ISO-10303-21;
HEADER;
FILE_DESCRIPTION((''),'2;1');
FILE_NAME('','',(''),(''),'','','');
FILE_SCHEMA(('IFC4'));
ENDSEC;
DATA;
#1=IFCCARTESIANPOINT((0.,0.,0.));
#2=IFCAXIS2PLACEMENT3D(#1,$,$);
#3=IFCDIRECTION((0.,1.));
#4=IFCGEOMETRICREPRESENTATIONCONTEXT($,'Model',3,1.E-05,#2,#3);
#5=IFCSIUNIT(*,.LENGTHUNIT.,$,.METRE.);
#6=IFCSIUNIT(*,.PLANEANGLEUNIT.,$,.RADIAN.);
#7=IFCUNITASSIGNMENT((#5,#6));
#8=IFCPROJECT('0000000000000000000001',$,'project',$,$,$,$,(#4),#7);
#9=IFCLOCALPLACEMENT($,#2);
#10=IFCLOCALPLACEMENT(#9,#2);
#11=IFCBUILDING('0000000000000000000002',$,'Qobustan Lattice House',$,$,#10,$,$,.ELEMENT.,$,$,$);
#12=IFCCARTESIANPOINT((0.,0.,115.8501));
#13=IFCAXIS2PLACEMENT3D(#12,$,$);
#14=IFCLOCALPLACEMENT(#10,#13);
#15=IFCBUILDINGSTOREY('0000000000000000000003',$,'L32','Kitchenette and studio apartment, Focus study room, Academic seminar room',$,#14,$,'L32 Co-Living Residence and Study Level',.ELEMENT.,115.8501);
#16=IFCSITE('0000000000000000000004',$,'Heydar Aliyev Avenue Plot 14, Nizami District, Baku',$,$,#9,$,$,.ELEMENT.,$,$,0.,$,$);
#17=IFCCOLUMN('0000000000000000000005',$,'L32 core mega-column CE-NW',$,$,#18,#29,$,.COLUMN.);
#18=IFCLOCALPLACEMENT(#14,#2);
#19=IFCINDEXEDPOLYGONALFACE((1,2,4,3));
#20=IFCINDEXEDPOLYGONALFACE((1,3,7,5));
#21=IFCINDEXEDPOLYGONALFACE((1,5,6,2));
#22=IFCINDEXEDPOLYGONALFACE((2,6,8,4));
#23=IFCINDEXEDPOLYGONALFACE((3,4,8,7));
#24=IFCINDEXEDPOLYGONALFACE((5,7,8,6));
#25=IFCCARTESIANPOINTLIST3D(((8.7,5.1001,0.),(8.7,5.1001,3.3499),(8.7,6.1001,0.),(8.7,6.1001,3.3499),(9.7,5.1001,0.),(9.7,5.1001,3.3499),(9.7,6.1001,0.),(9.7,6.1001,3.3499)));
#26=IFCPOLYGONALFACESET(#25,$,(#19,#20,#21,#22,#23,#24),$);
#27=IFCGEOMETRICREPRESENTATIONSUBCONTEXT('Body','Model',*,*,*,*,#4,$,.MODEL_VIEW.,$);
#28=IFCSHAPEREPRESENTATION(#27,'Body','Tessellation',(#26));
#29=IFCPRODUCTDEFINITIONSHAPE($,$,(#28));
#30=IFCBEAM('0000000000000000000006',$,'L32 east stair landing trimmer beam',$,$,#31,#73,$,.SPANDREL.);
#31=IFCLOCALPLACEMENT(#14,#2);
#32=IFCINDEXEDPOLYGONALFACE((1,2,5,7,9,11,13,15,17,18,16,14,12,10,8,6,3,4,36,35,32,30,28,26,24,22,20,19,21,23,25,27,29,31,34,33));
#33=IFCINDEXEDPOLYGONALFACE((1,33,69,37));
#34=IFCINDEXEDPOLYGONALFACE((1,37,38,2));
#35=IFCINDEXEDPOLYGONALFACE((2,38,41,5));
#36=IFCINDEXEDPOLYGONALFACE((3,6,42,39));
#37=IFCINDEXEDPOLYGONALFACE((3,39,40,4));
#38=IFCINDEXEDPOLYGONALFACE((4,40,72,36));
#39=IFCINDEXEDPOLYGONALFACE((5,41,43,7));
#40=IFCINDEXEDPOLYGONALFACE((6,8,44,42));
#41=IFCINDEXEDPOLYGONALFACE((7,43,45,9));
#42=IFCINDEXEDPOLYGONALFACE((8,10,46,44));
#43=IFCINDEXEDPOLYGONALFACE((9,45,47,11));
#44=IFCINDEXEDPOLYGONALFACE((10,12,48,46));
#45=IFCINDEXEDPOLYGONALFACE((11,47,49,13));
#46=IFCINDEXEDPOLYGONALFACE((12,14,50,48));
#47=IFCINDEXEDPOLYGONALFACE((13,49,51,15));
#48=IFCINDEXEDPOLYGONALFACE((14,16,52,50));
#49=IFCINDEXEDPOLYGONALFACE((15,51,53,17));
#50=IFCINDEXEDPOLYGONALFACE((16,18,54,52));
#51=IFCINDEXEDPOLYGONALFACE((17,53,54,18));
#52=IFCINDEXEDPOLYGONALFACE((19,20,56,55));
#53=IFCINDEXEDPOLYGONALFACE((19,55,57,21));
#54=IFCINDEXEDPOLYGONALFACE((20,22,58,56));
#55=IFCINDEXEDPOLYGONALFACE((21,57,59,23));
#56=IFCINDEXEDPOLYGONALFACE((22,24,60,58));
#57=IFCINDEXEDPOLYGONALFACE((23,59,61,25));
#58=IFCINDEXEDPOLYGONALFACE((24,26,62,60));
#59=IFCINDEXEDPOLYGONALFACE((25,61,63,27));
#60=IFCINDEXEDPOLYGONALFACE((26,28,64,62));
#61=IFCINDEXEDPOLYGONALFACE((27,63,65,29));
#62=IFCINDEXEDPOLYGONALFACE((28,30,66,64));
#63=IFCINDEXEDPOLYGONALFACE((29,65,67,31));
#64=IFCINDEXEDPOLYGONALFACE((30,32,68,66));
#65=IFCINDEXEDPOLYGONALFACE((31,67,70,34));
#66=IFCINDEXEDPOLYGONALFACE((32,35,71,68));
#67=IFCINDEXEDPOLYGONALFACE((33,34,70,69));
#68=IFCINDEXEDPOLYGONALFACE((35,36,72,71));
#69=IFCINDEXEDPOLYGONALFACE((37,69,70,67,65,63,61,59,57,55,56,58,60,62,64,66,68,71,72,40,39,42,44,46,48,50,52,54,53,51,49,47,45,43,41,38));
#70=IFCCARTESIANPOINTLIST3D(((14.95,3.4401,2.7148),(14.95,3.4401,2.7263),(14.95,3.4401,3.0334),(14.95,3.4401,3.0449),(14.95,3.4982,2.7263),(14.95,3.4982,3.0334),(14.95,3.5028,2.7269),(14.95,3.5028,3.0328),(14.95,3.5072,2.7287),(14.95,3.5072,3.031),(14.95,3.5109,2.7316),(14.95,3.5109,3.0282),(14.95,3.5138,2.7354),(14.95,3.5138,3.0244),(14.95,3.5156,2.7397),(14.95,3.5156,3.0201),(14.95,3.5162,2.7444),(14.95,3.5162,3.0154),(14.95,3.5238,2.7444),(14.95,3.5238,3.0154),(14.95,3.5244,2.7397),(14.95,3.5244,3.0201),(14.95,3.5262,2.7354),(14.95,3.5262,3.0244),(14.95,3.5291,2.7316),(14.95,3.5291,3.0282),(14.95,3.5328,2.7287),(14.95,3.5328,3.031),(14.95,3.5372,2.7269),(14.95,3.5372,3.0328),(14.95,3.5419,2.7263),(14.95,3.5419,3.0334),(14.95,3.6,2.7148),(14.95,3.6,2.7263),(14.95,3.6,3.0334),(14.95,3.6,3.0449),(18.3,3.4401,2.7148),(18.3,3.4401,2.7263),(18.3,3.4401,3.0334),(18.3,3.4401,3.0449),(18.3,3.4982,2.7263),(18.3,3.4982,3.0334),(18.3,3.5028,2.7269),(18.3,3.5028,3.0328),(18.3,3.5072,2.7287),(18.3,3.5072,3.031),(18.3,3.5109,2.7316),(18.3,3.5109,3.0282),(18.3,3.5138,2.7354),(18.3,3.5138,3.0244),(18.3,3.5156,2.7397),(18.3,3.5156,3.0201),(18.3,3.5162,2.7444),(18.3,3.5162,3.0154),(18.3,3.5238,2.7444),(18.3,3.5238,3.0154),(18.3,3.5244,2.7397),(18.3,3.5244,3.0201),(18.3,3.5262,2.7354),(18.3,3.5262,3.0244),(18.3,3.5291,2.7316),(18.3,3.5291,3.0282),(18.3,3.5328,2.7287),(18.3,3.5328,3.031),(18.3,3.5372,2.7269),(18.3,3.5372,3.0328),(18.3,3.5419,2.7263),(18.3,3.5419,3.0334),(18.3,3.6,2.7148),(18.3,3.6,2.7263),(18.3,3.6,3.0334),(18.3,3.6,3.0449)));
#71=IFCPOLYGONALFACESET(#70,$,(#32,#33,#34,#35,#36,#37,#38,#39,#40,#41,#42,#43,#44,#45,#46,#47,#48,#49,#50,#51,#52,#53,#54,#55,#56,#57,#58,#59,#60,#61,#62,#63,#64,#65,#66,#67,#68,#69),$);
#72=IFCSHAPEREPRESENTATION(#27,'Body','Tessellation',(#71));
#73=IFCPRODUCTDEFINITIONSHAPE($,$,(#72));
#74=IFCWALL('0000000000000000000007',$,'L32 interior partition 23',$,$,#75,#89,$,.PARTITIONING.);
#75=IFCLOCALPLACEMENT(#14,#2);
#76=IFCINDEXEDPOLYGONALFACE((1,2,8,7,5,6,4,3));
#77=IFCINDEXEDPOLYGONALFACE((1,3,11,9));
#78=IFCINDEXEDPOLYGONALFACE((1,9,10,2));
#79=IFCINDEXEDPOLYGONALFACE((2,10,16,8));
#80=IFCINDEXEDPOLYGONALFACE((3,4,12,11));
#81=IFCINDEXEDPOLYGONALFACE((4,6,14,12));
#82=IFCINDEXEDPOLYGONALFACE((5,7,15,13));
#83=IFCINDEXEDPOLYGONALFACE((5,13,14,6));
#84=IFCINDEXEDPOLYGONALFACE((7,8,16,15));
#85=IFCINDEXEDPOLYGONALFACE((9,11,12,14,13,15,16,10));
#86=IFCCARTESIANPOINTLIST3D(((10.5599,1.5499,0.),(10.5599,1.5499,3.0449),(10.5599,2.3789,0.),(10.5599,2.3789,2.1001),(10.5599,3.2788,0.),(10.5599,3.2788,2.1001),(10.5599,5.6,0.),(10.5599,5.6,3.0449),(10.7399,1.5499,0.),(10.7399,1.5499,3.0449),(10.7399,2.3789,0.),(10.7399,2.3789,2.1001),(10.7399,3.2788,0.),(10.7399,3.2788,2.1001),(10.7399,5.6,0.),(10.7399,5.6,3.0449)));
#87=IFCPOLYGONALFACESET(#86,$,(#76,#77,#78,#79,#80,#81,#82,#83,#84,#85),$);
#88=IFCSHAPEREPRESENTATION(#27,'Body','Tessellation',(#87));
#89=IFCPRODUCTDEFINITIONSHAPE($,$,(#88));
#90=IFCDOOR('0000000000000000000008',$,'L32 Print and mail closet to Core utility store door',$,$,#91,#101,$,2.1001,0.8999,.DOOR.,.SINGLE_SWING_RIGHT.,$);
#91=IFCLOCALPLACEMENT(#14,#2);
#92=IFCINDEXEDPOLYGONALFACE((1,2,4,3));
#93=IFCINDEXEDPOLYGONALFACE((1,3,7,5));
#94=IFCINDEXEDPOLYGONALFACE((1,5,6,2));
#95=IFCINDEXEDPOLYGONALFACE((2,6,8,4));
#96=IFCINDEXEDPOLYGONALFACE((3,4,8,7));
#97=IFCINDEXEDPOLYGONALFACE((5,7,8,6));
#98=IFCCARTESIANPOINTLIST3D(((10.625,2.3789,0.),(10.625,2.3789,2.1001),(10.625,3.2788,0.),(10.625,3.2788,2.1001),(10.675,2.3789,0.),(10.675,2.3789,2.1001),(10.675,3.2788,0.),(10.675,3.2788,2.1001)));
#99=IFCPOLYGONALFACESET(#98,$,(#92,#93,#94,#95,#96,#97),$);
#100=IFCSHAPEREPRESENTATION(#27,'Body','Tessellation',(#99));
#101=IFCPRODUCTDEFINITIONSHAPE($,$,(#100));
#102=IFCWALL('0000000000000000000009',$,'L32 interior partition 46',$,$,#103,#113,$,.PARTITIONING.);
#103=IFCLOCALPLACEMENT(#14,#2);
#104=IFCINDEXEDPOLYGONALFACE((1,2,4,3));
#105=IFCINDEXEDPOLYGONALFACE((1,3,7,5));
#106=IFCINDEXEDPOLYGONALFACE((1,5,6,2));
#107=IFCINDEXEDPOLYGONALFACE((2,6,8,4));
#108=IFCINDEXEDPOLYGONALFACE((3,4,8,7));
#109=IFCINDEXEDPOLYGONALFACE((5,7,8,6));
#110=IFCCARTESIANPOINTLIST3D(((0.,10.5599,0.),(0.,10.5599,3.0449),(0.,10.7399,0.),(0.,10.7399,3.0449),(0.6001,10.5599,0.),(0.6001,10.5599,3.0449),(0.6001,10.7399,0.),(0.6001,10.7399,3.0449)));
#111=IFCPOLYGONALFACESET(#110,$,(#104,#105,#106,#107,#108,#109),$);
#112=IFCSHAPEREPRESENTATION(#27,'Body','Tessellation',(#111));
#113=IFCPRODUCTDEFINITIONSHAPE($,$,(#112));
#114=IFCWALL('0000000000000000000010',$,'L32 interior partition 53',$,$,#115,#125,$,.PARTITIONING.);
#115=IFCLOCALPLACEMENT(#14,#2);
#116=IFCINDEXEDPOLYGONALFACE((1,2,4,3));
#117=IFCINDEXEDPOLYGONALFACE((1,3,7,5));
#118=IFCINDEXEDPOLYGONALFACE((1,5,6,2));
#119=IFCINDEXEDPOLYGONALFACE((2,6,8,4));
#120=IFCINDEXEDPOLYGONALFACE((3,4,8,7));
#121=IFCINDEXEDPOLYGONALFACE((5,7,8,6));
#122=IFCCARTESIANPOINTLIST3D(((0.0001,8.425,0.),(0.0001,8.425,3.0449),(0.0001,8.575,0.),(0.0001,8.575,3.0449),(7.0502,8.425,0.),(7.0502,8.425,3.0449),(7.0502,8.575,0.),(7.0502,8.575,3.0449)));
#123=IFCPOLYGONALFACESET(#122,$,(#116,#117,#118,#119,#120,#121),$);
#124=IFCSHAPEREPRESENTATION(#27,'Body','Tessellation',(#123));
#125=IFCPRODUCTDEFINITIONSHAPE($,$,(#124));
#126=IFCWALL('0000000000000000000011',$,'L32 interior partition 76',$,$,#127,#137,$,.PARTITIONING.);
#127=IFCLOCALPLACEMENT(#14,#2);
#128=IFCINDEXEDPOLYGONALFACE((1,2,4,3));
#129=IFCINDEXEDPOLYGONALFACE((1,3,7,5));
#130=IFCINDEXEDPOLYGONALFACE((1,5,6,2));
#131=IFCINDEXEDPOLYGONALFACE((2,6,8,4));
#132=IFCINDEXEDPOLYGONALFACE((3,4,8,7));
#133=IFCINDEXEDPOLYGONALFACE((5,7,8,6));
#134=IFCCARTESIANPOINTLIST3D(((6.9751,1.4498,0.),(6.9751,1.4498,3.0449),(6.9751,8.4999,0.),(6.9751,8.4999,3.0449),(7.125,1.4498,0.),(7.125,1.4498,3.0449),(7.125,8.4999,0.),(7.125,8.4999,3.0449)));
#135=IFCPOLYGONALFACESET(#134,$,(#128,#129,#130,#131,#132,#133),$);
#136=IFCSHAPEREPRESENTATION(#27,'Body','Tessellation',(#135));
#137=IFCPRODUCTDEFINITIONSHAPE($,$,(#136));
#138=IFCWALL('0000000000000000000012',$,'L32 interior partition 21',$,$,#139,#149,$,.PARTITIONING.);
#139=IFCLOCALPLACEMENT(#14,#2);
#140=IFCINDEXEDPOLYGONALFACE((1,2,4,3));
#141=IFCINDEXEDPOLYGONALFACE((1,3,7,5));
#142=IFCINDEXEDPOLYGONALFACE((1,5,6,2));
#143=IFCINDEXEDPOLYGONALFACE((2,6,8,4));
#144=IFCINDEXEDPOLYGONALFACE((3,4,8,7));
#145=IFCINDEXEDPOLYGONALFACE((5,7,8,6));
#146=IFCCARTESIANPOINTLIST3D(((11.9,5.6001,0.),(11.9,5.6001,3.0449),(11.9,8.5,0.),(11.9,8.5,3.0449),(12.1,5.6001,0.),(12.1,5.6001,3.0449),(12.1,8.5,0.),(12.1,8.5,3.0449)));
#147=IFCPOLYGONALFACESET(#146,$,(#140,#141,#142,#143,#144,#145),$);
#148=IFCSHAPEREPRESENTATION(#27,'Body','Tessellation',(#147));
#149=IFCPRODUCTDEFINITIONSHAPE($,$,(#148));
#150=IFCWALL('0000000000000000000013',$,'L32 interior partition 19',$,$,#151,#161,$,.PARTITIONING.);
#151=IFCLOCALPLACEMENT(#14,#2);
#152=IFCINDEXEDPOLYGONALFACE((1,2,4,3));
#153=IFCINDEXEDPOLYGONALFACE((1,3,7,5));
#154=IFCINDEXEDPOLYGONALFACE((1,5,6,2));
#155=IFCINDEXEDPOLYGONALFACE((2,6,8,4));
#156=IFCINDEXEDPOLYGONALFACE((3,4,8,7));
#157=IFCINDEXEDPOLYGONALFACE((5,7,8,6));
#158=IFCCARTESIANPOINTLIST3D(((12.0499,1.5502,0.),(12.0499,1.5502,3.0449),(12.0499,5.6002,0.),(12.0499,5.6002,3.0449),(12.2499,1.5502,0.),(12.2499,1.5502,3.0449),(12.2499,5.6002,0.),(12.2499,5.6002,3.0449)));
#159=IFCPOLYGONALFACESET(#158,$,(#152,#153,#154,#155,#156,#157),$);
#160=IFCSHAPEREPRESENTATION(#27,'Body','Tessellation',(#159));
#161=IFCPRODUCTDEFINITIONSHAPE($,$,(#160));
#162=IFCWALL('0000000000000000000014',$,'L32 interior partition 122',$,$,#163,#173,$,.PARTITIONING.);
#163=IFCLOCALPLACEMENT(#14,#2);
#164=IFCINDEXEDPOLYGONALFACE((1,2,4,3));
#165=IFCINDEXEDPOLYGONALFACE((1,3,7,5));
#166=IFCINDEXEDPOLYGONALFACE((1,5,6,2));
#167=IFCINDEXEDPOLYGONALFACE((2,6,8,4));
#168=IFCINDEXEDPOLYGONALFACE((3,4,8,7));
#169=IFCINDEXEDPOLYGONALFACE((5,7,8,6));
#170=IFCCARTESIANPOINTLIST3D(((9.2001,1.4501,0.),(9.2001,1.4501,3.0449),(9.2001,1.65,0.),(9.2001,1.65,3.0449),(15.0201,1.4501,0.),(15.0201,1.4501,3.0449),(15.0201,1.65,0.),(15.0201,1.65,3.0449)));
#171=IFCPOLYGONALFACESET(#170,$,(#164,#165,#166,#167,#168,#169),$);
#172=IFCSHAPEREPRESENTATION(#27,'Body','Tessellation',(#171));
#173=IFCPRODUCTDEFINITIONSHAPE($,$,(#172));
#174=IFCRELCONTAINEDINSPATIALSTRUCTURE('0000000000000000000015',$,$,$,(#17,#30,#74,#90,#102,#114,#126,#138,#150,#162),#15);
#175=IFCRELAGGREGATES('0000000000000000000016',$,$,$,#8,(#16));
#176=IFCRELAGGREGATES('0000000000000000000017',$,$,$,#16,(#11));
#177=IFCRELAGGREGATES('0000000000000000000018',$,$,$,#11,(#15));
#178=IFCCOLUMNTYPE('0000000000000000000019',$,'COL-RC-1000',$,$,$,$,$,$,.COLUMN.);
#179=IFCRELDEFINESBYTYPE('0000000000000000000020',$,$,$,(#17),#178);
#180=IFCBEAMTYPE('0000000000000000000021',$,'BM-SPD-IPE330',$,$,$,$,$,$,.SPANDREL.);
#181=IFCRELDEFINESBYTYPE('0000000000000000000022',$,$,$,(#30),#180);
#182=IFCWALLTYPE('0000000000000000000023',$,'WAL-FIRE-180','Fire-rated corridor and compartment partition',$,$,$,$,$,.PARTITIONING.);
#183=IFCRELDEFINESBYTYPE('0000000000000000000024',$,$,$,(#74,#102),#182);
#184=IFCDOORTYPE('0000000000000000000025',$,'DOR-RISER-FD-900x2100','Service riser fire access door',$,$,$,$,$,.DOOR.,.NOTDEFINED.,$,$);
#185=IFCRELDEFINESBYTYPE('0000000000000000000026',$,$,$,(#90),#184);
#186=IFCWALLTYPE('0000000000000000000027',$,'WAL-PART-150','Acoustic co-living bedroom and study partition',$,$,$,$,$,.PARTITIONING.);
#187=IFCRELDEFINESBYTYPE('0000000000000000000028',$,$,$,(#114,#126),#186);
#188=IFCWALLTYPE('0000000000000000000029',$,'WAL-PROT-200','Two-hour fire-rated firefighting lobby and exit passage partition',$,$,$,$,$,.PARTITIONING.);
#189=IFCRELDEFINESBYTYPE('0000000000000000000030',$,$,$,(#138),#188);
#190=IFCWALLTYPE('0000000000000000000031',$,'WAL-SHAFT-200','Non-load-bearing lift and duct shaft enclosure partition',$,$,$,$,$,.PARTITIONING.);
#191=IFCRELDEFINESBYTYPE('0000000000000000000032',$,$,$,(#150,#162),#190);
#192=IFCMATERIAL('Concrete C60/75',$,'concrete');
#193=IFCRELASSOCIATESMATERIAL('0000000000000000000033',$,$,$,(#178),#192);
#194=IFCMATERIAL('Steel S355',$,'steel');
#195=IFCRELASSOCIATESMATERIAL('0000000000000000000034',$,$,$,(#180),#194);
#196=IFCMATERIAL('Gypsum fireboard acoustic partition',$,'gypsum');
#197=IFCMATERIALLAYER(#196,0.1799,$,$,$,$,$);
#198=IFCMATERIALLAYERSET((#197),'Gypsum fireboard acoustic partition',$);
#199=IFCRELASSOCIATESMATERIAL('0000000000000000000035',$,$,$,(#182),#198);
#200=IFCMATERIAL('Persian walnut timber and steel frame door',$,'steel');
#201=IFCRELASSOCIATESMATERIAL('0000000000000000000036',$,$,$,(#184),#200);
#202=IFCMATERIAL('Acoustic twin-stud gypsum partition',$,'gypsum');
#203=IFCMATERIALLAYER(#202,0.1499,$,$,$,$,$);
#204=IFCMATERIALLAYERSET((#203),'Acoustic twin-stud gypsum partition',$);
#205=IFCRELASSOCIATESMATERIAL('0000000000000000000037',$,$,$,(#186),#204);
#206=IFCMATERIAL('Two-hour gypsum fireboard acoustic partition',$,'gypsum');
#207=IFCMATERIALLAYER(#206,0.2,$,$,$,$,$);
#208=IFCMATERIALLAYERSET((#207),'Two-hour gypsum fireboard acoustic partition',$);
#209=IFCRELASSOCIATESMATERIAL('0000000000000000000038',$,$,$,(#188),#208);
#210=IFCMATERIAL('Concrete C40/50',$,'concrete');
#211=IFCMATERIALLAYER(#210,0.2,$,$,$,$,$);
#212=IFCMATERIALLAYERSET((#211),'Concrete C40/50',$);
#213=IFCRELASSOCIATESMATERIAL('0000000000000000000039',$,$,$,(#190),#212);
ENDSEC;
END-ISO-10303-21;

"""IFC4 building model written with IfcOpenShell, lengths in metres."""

from ifc_helpers import new_model, si_unit, direction, frame, frame_2d, origin, origin_2d, place, context, subcontext, project, spatial, rectangle, i_section, extrude, material, layer, layer_set, material_profile, profile_set, type_object, element, fill, save


model = new_model("IFC4")

# Units and contexts
model_context = context("Model", 3, precision=1e-05, world=origin(), true_north=direction((0.0, 1.0)))
body_context = subcontext(model_context, "Body", "Model", "MODEL_VIEW")
ifc_project = project(units=[si_unit("LENGTHUNIT", "METRE"), si_unit("PLANEANGLEUNIT", "RADIAN")], contexts=[model_context])

# Site, building, storey
site_placement = place(None, origin())
site = spatial("IfcSite", under=ifc_project, at=site_placement, Name="Heydar Aliyev Avenue Plot 14, Nizami District, Baku", CompositionType="ELEMENT", RefElevation=0.0)
building_placement = place(site_placement, origin())
building = spatial("IfcBuilding", under=site, at=building_placement, Name="Qobustan Lattice House", CompositionType="ELEMENT")
storey_placement = place(building_placement, frame((0.0, 0.0, 115.8501)))
storey = spatial("IfcBuildingStorey", under=building, at=storey_placement, Name="L32", Description="Kitchenette and studio apartment, Focus study room, Academic seminar room", LongName="L32 Co-Living Residence and Study Level", CompositionType="ELEMENT", Elevation=115.8501)

# Column
ifc_material_1 = material(Name="Concrete C60/75", Category="concrete")
ifc_material_profile_1 = material_profile(ifc_material_1, rectangle(XDim=1.0, YDim=1.0, at=origin_2d()), Name="RC1000x1000")
ifc_profile_set_1 = profile_set([ifc_material_profile_1], Name="Concrete C60/75")
column_type = type_object("IfcColumnType", Name="COL-RC-1000", PredefinedType="COLUMN", material=ifc_profile_set_1)
column_placement = place(storey_placement, frame((9.2, 5.6001, 0.0), z_axis=(0.0, 0.0, 1.0), x_axis=(1.0, 0.0, 0.0)))
element("IfcColumn", 1, at=column_placement, inside=storey, type_object=column_type, Name="L32 core mega-column CE-NW", PredefinedType="COLUMN", context=body_context, shape_type="SweptSolid", body=[
    extrude(rectangle(XDim=1.0, YDim=1.0, at=origin_2d()), origin(), (0.0, 0.0, 1.0), 3.3499),
])

# Beam
ifc_material_2 = material(Name="Steel S355", Category="steel")
ifc_material_profile_2 = material_profile(ifc_material_2, i_section(OverallWidth=0.1599, OverallDepth=0.3301, WebThickness=0.0076, FlangeThickness=0.0115, FilletRadius=0.0181, at=origin_2d()), Name="IPE330")
ifc_profile_set_2 = profile_set([ifc_material_profile_2], Name="Steel S355")
beam_type = type_object("IfcBeamType", Name="BM-SPD-IPE330", PredefinedType="SPANDREL", material=ifc_profile_set_2)
beam_placement = place(storey_placement, frame((14.95, 3.52, 2.8799), z_axis=(1.0, 0.0, 0.0), x_axis=(0.0, 1.0, 0.0)))
element("IfcBeam", 2, at=beam_placement, inside=storey, type_object=beam_type, Name="L32 east stair landing trimmer beam", PredefinedType="SPANDREL", context=body_context, shape_type="SweptSolid", body=[
    extrude(i_section(OverallWidth=0.1599, OverallDepth=0.3301, WebThickness=0.0076, FlangeThickness=0.0115, FilletRadius=0.0181, at=origin_2d()), origin(), (0.0, 0.0, 1.0), 3.3501),
])

# Wall, opening, door
ifc_material_3 = material(Name="Gypsum fireboard acoustic partition", Category="gypsum")
ifc_layer_1 = layer(ifc_material_3, 0.1799)
ifc_layer_set_1 = layer_set([ifc_layer_1], Name="Gypsum fireboard acoustic partition")
wall_type_1 = type_object("IfcWallType", Name="WAL-FIRE-180", Description="Fire-rated corridor and compartment partition", PredefinedType="PARTITIONING", material=ifc_layer_set_1)
wall_1_placement = place(storey_placement, frame((10.6499, 1.55, 0.0), z_axis=(0.0, 0.0, 1.0), x_axis=(0.0, 1.0, 0.0)))
wall_1 = element("IfcWall", 3, at=wall_1_placement, inside=storey, type_object=wall_type_1, Name="L32 interior partition 23", PredefinedType="PARTITIONING", context=body_context, shape_type="SweptSolid", body=[
    extrude(rectangle(XDim=4.05, YDim=0.1799, at=frame_2d((2.0249, 0.0))), origin(), (0.0, 0.0, 1.0), 3.0449),
])
opening_1_placement = place(wall_1_placement, frame((0.8289, 0.0, 0.0)))
opening_1 = element("IfcOpeningElement", 4, at=opening_1_placement, cuts=wall_1, PredefinedType="OPENING", context=body_context, shape_type="SweptSolid", body=[
    extrude(rectangle(XDim=0.8999, YDim=2.1001, at=frame_2d((0.45, 1.05))), frame((0.0, 0.0999, 0.0), z_axis=(0.0, -1.0, 0.0), x_axis=(1.0, 0.0, 0.0)), (0.0, 0.0, 1.0), 0.2),
])
ifc_material_4 = material(Name="Persian walnut timber and steel frame door", Category="steel")
door_type_1 = type_object("IfcDoorType", Name="DOR-RISER-FD-900x2100", Description="Service riser fire access door", OperationType="NOTDEFINED", PredefinedType="DOOR", material=ifc_material_4)
door_1_placement = place(opening_1_placement, origin())
door_1 = element("IfcDoor", 5, at=door_1_placement, inside=storey, type_object=door_type_1, Name="L32 Print and mail closet to Core utility store door", OperationType="SINGLE_SWING_RIGHT", OverallHeight=2.1001, OverallWidth=0.8999, PredefinedType="DOOR", context=body_context, shape_type="SweptSolid", body=[
    extrude(rectangle(XDim=0.8999, YDim=2.1001, at=frame_2d((0.45, 1.05))), frame((0.0, 0.0249, 0.0), z_axis=(0.0, -1.0, 0.0), x_axis=(1.0, 0.0, 0.0)), (0.0, 0.0, 1.0), 0.05),
])
fill(opening_1, door_1)

# Walls
wall_2_placement = place(storey_placement, frame((0.0, 10.6499, 0.0), z_axis=(0.0, 0.0, 1.0), x_axis=(1.0, 0.0, 0.0)))
element("IfcWall", 6, at=wall_2_placement, inside=storey, type_object=wall_type_1, Name="L32 interior partition 46", PredefinedType="PARTITIONING", context=body_context, shape_type="SweptSolid", body=[
    extrude(rectangle(XDim=0.6001, YDim=0.1799, at=frame_2d((0.3, 0.0))), origin(), (0.0, 0.0, 1.0), 3.0449),
])
ifc_material_5 = material(Name="Acoustic twin-stud gypsum partition", Category="gypsum")
ifc_layer_2 = layer(ifc_material_5, 0.1499)
ifc_layer_set_2 = layer_set([ifc_layer_2], Name="Acoustic twin-stud gypsum partition")
wall_type_2 = type_object("IfcWallType", Name="WAL-PART-150", Description="Acoustic co-living bedroom and study partition", PredefinedType="PARTITIONING", material=ifc_layer_set_2)
for number, where, z_axis, x_axis, name in (
    (7, (7.05, 8.5, 0.0), (0.0, 0.0, 1.0), (-1.0, 0.0, 0.0), "L32 interior partition 53"),
    (8, (7.05, 1.45, 0.0), (0.0, 0.0, 1.0), (0.0, 1.0, 0.0), "L32 interior partition 76"),
):
    element("IfcWall", number, at=place(storey_placement, frame(where, z_axis=z_axis, x_axis=x_axis)), inside=storey, type_object=wall_type_2, Name=name, PredefinedType="PARTITIONING", context=body_context, shape_type="SweptSolid", body=[
        extrude(rectangle(XDim=7.05, YDim=0.1499, at=frame_2d((3.5249, 0.0))), origin(), (0.0, 0.0, 1.0), 3.0449),
    ])
ifc_material_6 = material(Name="Two-hour gypsum fireboard acoustic partition", Category="gypsum")
ifc_layer_3 = layer(ifc_material_6, 0.2)
ifc_layer_set_3 = layer_set([ifc_layer_3], Name="Two-hour gypsum fireboard acoustic partition")
wall_type_3 = type_object("IfcWallType", Name="WAL-PROT-200", Description="Two-hour fire-rated firefighting lobby and exit passage partition", PredefinedType="PARTITIONING", material=ifc_layer_set_3)
wall_3_placement = place(storey_placement, frame((12.0, 8.5, 0.0), z_axis=(0.0, 0.0, 1.0), x_axis=(0.0, -1.0, 0.0)))
element("IfcWall", 9, at=wall_3_placement, inside=storey, type_object=wall_type_3, Name="L32 interior partition 21", PredefinedType="PARTITIONING", context=body_context, shape_type="SweptSolid", body=[
    extrude(rectangle(XDim=2.8999, YDim=0.2, at=frame_2d((1.45, 0.0))), origin(), (0.0, 0.0, 1.0), 3.0449),
])
ifc_material_7 = material(Name="Concrete C40/50", Category="concrete")
ifc_layer_4 = layer(ifc_material_7, 0.2)
ifc_layer_set_4 = layer_set([ifc_layer_4], Name="Concrete C40/50")
wall_type_4 = type_object("IfcWallType", Name="WAL-SHAFT-200", Description="Non-load-bearing lift and duct shaft enclosure partition", PredefinedType="PARTITIONING", material=ifc_layer_set_4)
wall_4_placement = place(storey_placement, frame((12.1499, 5.6001, 0.0), z_axis=(0.0, 0.0, 1.0), x_axis=(0.0, -1.0, 0.0)))
element("IfcWall", 10, at=wall_4_placement, inside=storey, type_object=wall_type_4, Name="L32 interior partition 19", PredefinedType="PARTITIONING", context=body_context, shape_type="SweptSolid", body=[
    extrude(rectangle(XDim=4.05, YDim=0.2, at=frame_2d((2.0249, 0.0))), origin(), (0.0, 0.0, 1.0), 3.0449),
])
wall_5_placement = place(storey_placement, frame((9.2, 1.55, 0.0), z_axis=(0.0, 0.0, 1.0), x_axis=(1.0, 0.0, 0.0)))
element("IfcWall", 11, at=wall_5_placement, inside=storey, type_object=wall_type_4, Name="L32 interior partition 122", PredefinedType="PARTITIONING", context=body_context, shape_type="SweptSolid", body=[
    extrude(rectangle(XDim=5.8201, YDim=0.2, at=frame_2d((2.9102, 0.0))), origin(), (0.0, 0.0, 1.0), 3.0449),
])

save(model, "model.ifc")
